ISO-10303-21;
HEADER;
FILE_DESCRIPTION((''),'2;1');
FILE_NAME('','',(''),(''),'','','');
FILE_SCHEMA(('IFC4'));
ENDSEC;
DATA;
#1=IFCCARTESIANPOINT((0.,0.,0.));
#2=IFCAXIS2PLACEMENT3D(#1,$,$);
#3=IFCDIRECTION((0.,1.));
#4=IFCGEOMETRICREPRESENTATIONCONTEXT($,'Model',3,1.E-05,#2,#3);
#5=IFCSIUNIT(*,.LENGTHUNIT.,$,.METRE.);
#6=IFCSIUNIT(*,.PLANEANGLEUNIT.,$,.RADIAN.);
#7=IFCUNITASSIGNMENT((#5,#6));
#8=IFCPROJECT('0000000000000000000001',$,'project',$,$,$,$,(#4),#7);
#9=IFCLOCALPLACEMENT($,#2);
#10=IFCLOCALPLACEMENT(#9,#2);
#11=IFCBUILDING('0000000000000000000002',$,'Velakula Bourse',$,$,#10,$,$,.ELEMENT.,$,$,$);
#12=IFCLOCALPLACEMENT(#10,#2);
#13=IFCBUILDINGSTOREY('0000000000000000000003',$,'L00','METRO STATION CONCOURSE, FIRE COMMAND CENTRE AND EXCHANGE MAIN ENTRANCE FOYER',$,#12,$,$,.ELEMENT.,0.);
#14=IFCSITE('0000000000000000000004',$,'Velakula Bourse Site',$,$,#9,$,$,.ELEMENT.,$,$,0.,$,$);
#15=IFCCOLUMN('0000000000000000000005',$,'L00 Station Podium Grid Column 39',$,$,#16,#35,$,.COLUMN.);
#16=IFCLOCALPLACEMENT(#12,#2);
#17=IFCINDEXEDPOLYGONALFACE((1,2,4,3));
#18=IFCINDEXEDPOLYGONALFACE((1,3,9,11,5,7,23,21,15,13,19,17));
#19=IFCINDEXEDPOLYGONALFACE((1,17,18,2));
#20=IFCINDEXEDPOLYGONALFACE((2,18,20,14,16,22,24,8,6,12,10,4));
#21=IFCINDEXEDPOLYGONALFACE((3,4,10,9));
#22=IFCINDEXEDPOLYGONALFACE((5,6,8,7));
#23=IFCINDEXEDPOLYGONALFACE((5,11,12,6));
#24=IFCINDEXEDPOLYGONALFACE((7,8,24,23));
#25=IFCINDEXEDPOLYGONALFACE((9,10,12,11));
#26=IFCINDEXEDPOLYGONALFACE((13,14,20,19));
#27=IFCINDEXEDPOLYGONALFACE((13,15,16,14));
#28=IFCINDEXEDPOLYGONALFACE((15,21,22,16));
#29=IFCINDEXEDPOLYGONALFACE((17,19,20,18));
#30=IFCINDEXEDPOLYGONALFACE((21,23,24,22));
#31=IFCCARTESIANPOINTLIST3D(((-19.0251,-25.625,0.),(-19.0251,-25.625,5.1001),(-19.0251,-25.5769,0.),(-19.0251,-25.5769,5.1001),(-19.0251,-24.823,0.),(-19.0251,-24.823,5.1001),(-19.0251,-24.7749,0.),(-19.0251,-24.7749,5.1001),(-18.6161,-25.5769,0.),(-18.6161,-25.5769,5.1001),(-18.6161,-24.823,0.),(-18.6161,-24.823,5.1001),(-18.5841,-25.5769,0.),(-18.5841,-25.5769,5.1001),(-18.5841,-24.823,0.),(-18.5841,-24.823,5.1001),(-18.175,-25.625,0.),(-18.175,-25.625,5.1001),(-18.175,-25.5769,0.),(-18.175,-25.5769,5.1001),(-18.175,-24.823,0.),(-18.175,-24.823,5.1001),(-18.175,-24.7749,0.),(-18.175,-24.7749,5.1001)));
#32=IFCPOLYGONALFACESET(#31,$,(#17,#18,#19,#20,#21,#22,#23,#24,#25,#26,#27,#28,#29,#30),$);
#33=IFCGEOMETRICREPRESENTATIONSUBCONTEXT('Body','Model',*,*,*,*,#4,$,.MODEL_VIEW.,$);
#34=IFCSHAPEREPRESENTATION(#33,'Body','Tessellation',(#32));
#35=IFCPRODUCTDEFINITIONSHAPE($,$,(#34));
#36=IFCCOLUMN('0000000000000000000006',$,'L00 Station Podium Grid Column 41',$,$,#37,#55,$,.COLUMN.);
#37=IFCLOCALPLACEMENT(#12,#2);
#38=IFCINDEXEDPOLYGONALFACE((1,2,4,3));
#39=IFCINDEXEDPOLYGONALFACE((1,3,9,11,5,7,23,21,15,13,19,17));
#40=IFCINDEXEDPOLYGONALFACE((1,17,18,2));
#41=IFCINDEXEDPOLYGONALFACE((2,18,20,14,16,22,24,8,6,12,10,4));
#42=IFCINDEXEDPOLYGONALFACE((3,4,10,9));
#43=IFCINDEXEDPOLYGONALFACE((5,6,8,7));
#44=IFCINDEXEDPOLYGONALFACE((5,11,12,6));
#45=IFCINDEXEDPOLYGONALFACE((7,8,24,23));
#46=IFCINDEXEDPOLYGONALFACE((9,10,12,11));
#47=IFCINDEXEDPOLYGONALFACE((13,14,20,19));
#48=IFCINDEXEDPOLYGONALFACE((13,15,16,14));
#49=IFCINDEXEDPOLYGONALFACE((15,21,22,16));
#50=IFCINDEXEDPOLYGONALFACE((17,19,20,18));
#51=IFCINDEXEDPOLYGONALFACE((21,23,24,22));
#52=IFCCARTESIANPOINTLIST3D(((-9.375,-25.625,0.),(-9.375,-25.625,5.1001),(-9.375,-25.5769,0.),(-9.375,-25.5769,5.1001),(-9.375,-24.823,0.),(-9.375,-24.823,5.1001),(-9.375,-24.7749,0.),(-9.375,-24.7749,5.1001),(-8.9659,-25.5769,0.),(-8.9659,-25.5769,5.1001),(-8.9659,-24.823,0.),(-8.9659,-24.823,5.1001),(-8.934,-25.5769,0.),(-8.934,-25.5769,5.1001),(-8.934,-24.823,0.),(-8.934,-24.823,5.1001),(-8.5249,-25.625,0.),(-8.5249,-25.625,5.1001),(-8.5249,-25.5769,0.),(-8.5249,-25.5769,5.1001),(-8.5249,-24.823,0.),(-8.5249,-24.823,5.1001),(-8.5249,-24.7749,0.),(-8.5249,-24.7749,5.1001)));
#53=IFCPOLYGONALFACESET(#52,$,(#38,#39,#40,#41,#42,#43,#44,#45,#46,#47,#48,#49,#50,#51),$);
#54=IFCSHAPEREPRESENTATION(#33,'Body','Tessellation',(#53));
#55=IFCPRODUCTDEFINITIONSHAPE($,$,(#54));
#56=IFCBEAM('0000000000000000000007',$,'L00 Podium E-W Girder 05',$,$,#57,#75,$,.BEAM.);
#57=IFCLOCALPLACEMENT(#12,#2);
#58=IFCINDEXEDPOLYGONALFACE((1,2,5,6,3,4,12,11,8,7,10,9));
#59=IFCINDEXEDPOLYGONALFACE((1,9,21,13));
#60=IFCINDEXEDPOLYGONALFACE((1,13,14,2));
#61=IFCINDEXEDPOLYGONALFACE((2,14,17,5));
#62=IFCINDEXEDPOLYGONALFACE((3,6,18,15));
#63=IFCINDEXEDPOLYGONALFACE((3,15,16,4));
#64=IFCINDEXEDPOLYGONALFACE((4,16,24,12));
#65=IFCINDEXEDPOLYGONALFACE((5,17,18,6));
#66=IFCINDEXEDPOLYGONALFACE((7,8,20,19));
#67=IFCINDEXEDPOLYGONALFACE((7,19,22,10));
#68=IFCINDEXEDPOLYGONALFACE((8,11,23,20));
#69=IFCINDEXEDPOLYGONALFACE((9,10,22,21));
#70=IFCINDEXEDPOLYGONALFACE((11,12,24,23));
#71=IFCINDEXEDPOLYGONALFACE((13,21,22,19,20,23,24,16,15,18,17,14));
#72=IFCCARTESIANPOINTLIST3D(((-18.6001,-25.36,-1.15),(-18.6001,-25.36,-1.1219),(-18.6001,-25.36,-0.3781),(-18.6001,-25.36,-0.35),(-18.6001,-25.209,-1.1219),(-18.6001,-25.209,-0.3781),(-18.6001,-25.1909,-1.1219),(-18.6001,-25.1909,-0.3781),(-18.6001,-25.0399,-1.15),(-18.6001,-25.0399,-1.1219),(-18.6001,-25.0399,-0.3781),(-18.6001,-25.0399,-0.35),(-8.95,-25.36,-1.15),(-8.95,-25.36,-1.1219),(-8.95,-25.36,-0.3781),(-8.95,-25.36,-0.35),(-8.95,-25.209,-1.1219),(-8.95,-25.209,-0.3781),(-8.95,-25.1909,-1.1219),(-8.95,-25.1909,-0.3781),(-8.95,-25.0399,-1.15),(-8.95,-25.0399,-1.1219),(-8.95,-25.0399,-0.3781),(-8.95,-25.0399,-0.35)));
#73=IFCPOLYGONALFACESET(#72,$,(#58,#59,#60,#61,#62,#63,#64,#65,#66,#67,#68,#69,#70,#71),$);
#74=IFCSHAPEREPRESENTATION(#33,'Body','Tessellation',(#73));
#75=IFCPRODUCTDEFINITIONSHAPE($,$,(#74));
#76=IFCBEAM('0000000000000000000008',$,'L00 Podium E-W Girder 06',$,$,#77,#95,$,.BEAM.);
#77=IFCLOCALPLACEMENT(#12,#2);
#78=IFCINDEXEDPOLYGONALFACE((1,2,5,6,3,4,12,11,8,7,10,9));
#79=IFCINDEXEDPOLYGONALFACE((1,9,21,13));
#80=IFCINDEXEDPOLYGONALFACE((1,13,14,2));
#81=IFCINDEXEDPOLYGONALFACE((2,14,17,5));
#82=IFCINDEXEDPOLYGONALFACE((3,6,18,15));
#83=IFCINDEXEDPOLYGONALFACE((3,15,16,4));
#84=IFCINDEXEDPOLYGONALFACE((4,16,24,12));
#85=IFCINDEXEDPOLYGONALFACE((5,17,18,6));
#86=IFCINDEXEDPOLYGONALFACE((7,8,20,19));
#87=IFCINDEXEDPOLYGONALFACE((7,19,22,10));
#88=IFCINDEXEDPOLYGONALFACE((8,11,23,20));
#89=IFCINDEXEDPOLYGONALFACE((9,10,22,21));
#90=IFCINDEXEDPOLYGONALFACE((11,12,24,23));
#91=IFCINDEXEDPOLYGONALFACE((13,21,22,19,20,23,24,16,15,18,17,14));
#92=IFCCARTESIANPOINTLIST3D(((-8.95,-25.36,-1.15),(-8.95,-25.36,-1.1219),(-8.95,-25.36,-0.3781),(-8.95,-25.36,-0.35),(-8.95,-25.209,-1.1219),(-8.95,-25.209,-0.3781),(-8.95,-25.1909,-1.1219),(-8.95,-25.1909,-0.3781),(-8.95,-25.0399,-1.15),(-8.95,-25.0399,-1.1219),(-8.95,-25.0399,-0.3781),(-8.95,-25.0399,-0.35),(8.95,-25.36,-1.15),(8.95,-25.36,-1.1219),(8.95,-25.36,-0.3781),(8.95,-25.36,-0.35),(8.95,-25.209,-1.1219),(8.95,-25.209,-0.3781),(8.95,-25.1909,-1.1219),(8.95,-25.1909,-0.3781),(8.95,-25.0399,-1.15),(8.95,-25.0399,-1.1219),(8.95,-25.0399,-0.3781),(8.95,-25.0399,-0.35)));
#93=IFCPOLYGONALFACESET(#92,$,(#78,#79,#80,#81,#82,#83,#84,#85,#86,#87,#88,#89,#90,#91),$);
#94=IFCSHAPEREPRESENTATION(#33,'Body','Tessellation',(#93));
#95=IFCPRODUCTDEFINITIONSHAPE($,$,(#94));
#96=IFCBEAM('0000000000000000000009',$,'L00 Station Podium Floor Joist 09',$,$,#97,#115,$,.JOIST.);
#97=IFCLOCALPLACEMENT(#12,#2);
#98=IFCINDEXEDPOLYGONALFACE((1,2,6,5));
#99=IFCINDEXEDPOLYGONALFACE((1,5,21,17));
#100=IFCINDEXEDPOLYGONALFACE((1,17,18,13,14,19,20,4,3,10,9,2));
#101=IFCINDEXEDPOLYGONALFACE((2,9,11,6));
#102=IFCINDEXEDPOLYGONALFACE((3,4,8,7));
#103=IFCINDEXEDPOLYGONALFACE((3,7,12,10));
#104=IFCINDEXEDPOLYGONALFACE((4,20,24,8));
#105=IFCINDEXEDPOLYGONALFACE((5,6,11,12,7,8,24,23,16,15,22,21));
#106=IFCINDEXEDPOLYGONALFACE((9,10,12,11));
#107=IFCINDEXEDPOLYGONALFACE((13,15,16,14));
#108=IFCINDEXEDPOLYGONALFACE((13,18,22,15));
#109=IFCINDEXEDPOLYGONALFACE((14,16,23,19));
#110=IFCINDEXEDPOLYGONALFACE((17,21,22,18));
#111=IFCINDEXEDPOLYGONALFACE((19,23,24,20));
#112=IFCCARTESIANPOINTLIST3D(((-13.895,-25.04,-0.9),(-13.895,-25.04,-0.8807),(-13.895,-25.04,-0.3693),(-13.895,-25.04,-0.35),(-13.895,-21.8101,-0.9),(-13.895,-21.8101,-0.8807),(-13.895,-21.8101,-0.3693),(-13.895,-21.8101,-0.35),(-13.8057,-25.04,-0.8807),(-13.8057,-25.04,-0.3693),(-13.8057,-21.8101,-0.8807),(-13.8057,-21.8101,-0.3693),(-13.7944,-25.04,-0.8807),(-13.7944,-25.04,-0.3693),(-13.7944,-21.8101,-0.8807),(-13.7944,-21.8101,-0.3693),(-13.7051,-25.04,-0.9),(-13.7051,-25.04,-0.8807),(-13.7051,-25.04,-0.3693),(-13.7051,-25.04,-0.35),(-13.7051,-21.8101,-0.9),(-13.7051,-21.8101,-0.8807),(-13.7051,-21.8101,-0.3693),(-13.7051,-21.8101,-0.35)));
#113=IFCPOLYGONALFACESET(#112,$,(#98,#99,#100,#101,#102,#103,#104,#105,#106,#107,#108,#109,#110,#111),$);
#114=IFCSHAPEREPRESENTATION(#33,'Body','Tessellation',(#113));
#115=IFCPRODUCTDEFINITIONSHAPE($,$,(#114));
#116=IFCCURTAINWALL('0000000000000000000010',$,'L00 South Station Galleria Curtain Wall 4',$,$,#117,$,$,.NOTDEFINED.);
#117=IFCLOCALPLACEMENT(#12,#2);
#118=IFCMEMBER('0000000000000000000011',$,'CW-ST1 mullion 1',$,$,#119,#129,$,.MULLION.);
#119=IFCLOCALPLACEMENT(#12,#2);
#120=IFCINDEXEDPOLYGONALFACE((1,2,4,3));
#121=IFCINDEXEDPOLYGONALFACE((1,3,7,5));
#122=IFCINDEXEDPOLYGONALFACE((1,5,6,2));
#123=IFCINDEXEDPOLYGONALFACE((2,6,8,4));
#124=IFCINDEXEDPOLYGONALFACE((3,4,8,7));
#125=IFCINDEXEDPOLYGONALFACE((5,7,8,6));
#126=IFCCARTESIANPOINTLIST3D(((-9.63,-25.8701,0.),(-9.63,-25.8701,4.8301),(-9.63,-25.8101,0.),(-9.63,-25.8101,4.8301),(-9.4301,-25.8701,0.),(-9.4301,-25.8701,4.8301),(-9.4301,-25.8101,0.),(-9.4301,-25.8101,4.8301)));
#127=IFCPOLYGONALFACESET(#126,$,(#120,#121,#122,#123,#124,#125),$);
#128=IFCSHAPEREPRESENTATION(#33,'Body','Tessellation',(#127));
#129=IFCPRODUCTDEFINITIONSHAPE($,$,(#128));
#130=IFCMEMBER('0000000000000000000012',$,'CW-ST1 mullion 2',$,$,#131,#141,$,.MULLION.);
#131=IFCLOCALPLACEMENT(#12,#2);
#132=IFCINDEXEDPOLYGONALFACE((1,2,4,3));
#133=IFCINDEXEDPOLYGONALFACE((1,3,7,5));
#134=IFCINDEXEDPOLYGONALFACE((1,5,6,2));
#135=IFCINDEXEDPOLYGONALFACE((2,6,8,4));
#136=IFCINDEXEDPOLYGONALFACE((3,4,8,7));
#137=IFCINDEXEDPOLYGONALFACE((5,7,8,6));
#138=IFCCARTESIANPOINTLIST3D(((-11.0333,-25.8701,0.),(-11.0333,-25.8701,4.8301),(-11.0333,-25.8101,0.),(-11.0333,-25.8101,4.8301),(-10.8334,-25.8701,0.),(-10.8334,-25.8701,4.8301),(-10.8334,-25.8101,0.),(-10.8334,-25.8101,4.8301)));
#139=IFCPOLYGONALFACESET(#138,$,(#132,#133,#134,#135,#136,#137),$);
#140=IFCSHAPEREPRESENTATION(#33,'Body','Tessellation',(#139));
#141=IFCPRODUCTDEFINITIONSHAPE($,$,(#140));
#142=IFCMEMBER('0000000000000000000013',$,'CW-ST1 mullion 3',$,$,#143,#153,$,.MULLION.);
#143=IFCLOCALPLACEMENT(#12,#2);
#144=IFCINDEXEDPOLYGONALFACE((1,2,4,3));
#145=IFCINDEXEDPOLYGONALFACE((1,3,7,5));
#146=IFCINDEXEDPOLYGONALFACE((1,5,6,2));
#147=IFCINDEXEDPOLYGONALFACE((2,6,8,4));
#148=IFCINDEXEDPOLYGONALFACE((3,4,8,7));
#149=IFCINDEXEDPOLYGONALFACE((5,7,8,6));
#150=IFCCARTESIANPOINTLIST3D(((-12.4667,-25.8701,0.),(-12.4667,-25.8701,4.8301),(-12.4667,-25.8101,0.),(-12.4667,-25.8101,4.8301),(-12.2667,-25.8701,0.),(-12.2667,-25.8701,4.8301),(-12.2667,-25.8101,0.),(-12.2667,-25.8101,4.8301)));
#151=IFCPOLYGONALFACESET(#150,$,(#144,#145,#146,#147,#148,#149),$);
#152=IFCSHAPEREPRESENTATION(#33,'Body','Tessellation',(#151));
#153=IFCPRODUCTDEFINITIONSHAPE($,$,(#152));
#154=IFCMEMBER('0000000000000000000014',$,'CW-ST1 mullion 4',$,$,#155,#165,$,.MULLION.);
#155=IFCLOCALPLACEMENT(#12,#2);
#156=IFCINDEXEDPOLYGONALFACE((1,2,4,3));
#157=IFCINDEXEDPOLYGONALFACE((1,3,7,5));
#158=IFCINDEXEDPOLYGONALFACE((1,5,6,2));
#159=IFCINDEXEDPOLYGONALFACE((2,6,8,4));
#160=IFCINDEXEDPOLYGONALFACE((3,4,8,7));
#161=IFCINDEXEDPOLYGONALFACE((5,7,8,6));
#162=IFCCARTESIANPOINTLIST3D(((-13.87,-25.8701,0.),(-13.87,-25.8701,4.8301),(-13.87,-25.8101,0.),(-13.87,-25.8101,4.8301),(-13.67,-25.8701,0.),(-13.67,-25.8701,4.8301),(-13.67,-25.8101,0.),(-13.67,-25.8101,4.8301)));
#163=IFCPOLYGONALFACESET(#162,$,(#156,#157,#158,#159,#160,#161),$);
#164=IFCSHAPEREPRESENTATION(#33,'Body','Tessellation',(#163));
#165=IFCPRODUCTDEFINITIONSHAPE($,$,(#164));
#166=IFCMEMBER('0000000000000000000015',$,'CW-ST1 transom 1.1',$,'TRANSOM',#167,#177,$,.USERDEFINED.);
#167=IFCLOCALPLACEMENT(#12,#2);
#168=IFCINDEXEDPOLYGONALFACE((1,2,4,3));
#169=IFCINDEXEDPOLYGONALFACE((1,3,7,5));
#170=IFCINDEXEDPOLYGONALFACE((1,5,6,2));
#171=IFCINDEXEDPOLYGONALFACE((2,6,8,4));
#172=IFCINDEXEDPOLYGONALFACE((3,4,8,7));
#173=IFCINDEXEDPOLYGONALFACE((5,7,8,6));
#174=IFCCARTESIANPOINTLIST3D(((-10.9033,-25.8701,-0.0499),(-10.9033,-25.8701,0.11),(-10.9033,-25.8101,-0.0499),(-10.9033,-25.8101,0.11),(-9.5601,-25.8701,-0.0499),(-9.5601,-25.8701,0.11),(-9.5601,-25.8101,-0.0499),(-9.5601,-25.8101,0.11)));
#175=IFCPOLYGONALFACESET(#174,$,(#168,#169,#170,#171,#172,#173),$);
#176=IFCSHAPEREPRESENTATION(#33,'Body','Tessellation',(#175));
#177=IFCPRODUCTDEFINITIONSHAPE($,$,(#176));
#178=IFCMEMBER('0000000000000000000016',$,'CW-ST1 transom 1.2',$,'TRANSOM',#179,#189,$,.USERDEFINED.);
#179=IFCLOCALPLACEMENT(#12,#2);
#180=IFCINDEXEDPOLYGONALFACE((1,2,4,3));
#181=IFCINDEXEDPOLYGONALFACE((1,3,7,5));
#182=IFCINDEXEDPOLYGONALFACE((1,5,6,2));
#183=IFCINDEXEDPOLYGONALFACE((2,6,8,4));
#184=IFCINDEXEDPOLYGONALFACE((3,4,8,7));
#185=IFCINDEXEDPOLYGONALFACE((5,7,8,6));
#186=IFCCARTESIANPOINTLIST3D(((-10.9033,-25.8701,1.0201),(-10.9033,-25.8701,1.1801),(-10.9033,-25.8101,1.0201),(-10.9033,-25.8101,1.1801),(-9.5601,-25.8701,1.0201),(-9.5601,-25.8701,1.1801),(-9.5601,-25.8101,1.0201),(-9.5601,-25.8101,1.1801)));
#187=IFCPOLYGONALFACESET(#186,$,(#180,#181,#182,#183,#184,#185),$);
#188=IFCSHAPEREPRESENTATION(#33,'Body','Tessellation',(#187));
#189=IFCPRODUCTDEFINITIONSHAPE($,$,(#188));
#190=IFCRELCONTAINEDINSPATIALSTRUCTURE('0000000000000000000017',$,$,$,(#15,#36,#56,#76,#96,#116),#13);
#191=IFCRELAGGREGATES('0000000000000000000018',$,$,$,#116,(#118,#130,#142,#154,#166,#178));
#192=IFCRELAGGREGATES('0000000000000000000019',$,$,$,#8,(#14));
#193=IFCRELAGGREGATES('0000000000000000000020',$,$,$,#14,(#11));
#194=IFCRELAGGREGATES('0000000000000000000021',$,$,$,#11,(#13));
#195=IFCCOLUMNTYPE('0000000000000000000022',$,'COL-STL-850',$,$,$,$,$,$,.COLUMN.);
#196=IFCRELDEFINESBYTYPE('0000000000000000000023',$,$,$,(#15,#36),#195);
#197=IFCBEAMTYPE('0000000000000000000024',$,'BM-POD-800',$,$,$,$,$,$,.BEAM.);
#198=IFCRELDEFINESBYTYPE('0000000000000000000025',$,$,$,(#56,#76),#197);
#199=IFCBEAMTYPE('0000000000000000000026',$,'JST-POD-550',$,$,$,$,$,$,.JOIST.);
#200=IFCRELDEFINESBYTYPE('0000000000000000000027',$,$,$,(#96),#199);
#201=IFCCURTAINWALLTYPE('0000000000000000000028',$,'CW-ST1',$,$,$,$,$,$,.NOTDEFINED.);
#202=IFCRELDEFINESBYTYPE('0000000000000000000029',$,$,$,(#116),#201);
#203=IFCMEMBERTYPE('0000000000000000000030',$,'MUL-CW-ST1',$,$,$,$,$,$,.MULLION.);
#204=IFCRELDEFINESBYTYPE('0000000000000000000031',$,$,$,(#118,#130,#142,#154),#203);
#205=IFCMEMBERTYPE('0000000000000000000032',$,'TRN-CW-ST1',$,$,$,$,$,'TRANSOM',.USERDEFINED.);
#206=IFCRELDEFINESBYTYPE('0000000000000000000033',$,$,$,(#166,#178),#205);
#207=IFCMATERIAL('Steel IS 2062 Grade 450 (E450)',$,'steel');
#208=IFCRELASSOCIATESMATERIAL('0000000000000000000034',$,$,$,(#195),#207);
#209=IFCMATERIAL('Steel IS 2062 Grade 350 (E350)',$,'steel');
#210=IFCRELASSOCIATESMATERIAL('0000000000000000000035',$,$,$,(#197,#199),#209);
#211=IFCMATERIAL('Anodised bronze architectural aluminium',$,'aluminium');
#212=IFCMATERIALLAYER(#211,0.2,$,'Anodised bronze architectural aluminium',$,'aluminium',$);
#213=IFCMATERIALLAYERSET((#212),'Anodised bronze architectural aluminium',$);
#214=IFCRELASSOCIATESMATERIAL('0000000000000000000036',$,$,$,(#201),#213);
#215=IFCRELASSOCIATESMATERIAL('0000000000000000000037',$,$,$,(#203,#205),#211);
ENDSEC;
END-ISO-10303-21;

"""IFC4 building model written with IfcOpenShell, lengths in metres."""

from ifc_helpers import new_model, si_unit, direction, frame, origin, origin_2d, place, context, subcontext, project, spatial, rectangle, i_section, extrude, material, layer, layer_set, material_profile, profile_set, type_object, element, aggregate, save


model = new_model("IFC4")

# Units and contexts
model_context = context("Model", 3, precision=1e-05, world=origin(), true_north=direction((0.0, 1.0)))
body_context = subcontext(model_context, "Body", "Model", "MODEL_VIEW")
ifc_project = project(units=[si_unit("LENGTHUNIT", "METRE"), si_unit("PLANEANGLEUNIT", "RADIAN")], contexts=[model_context])

# Site, building, storey
site_placement = place(None, origin())
site = spatial("IfcSite", under=ifc_project, at=site_placement, Name="Velakula Bourse Site", CompositionType="ELEMENT", RefElevation=0.0)
building_placement = place(site_placement, origin())
building = spatial("IfcBuilding", under=site, at=building_placement, Name="Velakula Bourse", CompositionType="ELEMENT")
storey_placement = place(building_placement, origin())
storey = spatial("IfcBuildingStorey", under=building, at=storey_placement, Name="L00", Description="METRO STATION CONCOURSE, FIRE COMMAND CENTRE AND EXCHANGE MAIN ENTRANCE FOYER", CompositionType="ELEMENT", Elevation=0.0)

# Columns
ifc_material_1 = material(Name="Steel IS 2062 Grade 450 (E450)", Category="steel")
ifc_material_profile_1 = material_profile(ifc_material_1, i_section(OverallWidth=0.8501, OverallDepth=0.8501, WebThickness=0.032, FlangeThickness=0.0481, at=origin_2d()), Name="Steel IS 2062 Grade 450 (E450)")
ifc_profile_set_1 = profile_set([ifc_material_profile_1], Name="Steel IS 2062 Grade 450 (E450)")
column_type = type_object("IfcColumnType", Name="COL-STL-850", PredefinedType="COLUMN", material=ifc_profile_set_1)
for number, where, z_axis, x_axis, name in (
    (1, (-18.6001, -25.2, 0.0), (0.0, 0.0, 1.0), (1.0, 0.0, 0.0), "L00 Station Podium Grid Column 39"),
    (2, (-8.95, -25.2, 0.0), (0.0, 0.0, 1.0), (1.0, 0.0, 0.0), "L00 Station Podium Grid Column 41"),
):
    element("IfcColumn", number, at=place(storey_placement, frame(where, z_axis=z_axis, x_axis=x_axis)), inside=storey, type_object=column_type, Name=name, PredefinedType="COLUMN", context=body_context, shape_type="SweptSolid", body=[
        extrude(i_section(OverallWidth=0.8501, OverallDepth=0.8501, WebThickness=0.032, FlangeThickness=0.0481, at=origin_2d()), origin(), (0.0, 0.0, 1.0), 5.1001),
    ])

# Beams
ifc_material_2 = material(Name="Steel IS 2062 Grade 350 (E350)", Category="steel")
ifc_material_profile_2 = material_profile(ifc_material_2, i_section(OverallWidth=0.3201, OverallDepth=0.8, WebThickness=0.0181, FlangeThickness=0.0281, at=origin_2d()), Name="Steel IS 2062 Grade 350 (E350)")
ifc_profile_set_2 = profile_set([ifc_material_profile_2], Name="Steel IS 2062 Grade 350 (E350)")
beam_type_1 = type_object("IfcBeamType", Name="BM-POD-800", PredefinedType="BEAM", material=ifc_profile_set_2)
beam_1_placement = place(storey_placement, frame((-18.6001, -25.2, -0.75), z_axis=(1.0, 0.0, 0.0), x_axis=(0.0, 1.0, 0.0)))
element("IfcBeam", 3, at=beam_1_placement, inside=storey, type_object=beam_type_1, Name="L00 Podium E-W Girder 05", PredefinedType="BEAM", context=body_context, shape_type="SweptSolid", body=[
    extrude(i_section(OverallWidth=0.3201, OverallDepth=0.8, WebThickness=0.0181, FlangeThickness=0.0281, at=origin_2d()), origin(), (0.0, 0.0, 1.0), 9.6501),
])
beam_2_placement = place(storey_placement, frame((-8.95, -25.2, -0.75), z_axis=(1.0, 0.0, 0.0), x_axis=(0.0, 1.0, 0.0)))
element("IfcBeam", 4, at=beam_2_placement, inside=storey, type_object=beam_type_1, Name="L00 Podium E-W Girder 06", PredefinedType="BEAM", context=body_context, shape_type="SweptSolid", body=[
    extrude(i_section(OverallWidth=0.3201, OverallDepth=0.8, WebThickness=0.0181, FlangeThickness=0.0281, at=origin_2d()), origin(), (0.0, 0.0, 1.0), 17.8999),
])
ifc_material_profile_3 = material_profile(ifc_material_2, i_section(OverallWidth=0.1899, OverallDepth=0.55, WebThickness=0.0112, FlangeThickness=0.0193, at=origin_2d()), Name="Steel IS 2062 Grade 350 (E350)")
ifc_profile_set_3 = profile_set([ifc_material_profile_3], Name="Steel IS 2062 Grade 350 (E350)")
beam_type_2 = type_object("IfcBeamType", Name="JST-POD-550", PredefinedType="JOIST", material=ifc_profile_set_3)
beam_3_placement = place(storey_placement, frame((-13.8, -25.04, -0.625), z_axis=(0.0, 1.0, 0.0), x_axis=(-1.0, 0.0, 0.0)))
element("IfcBeam", 5, at=beam_3_placement, inside=storey, type_object=beam_type_2, Name="L00 Station Podium Floor Joist 09", PredefinedType="JOIST", context=body_context, shape_type="SweptSolid", body=[
    extrude(i_section(OverallWidth=0.1899, OverallDepth=0.55, WebThickness=0.0112, FlangeThickness=0.0193, at=origin_2d()), origin(), (0.0, 0.0, 1.0), 3.23),
])

# Curtain wall, members
ifc_material_3 = material(Name="Anodised bronze architectural aluminium", Category="aluminium")
ifc_layer_1 = layer(ifc_material_3, 0.2, Name="Anodised bronze architectural aluminium", Category="aluminium")
ifc_layer_set_1 = layer_set([ifc_layer_1], Name="Anodised bronze architectural aluminium")
curtain_wall_type = type_object("IfcCurtainWallType", Name="CW-ST1", PredefinedType="NOTDEFINED", material=ifc_layer_set_1)
curtain_wall_placement = place(storey_placement, origin())
curtain_wall = element("IfcCurtainWall", 6, at=curtain_wall_placement, inside=storey, type_object=curtain_wall_type, Name="L00 South Station Galleria Curtain Wall 4", PredefinedType="NOTDEFINED")
ifc_material_profile_4 = material_profile(ifc_material_3, rectangle(XDim=0.0601, YDim=0.2, at=origin_2d()), Name="Anodised bronze architectural aluminium")
ifc_profile_set_4 = profile_set([ifc_material_profile_4], Name="Anodised bronze architectural aluminium")
member_type_1 = type_object("IfcMemberType", Name="MUL-CW-ST1", PredefinedType="MULLION", material=ifc_profile_set_4)
member_1_placement = place(storey_placement, frame((-9.53, -25.8401, 0.0), z_axis=(0.0, 0.0, 1.0), x_axis=(0.0, -1.0, 0.0)))
member_1 = element("IfcMember", 7, at=member_1_placement, type_object=member_type_1, Name="CW-ST1 mullion 1", PredefinedType="MULLION", context=body_context, shape_type="SweptSolid", body=[
    extrude(rectangle(XDim=0.0601, YDim=0.2, at=origin_2d()), origin(), (0.0, 0.0, 1.0), 4.8301),
])
member_2_placement = place(storey_placement, frame((-10.9333, -25.8401, 0.0), z_axis=(0.0, 0.0, 1.0), x_axis=(0.0, -1.0, 0.0)))
member_2 = element("IfcMember", 8, at=member_2_placement, type_object=member_type_1, Name="CW-ST1 mullion 2", PredefinedType="MULLION", context=body_context, shape_type="SweptSolid", body=[
    extrude(rectangle(XDim=0.0601, YDim=0.2, at=origin_2d()), origin(), (0.0, 0.0, 1.0), 4.8301),
])
member_3_placement = place(storey_placement, frame((-12.3667, -25.8401, 0.0), z_axis=(0.0, 0.0, 1.0), x_axis=(0.0, -1.0, 0.0)))
member_3 = element("IfcMember", 9, at=member_3_placement, type_object=member_type_1, Name="CW-ST1 mullion 3", PredefinedType="MULLION", context=body_context, shape_type="SweptSolid", body=[
    extrude(rectangle(XDim=0.0601, YDim=0.2, at=origin_2d()), origin(), (0.0, 0.0, 1.0), 4.8301),
])
member_4_placement = place(storey_placement, frame((-13.77, -25.8401, 0.0), z_axis=(0.0, 0.0, 1.0), x_axis=(0.0, -1.0, 0.0)))
member_4 = element("IfcMember", 10, at=member_4_placement, type_object=member_type_1, Name="CW-ST1 mullion 4", PredefinedType="MULLION", context=body_context, shape_type="SweptSolid", body=[
    extrude(rectangle(XDim=0.0601, YDim=0.2, at=origin_2d()), origin(), (0.0, 0.0, 1.0), 4.8301),
])
ifc_material_profile_5 = material_profile(ifc_material_3, rectangle(XDim=0.0601, YDim=0.1599, at=origin_2d()), Name="Anodised bronze architectural aluminium")
ifc_profile_set_5 = profile_set([ifc_material_profile_5], Name="Anodised bronze architectural aluminium")
member_type_2 = type_object("IfcMemberType", Name="TRN-CW-ST1", ElementType="TRANSOM", PredefinedType="USERDEFINED", material=ifc_profile_set_5)
member_5_placement = place(storey_placement, frame((-9.5601, -25.8401, 0.03), z_axis=(-1.0, 0.0, 0.0), x_axis=(0.0, -1.0, 0.0)))
member_5 = element("IfcMember", 11, at=member_5_placement, type_object=member_type_2, Name="CW-ST1 transom 1.1", ObjectType="TRANSOM", PredefinedType="USERDEFINED", context=body_context, shape_type="SweptSolid", body=[
    extrude(rectangle(XDim=0.0601, YDim=0.1599, at=origin_2d()), origin(), (0.0, 0.0, 1.0), 1.3433),
])
member_6_placement = place(storey_placement, frame((-9.5601, -25.8401, 1.1001), z_axis=(-1.0, 0.0, 0.0), x_axis=(0.0, -1.0, 0.0)))
member_6 = element("IfcMember", 12, at=member_6_placement, type_object=member_type_2, Name="CW-ST1 transom 1.2", ObjectType="TRANSOM", PredefinedType="USERDEFINED", context=body_context, shape_type="SweptSolid", body=[
    extrude(rectangle(XDim=0.0601, YDim=0.1599, at=origin_2d()), origin(), (0.0, 0.0, 1.0), 1.3433),
])
aggregate(curtain_wall, [member_1, member_2, member_3, member_4, member_5, member_6])

save(model, "model.ifc")
